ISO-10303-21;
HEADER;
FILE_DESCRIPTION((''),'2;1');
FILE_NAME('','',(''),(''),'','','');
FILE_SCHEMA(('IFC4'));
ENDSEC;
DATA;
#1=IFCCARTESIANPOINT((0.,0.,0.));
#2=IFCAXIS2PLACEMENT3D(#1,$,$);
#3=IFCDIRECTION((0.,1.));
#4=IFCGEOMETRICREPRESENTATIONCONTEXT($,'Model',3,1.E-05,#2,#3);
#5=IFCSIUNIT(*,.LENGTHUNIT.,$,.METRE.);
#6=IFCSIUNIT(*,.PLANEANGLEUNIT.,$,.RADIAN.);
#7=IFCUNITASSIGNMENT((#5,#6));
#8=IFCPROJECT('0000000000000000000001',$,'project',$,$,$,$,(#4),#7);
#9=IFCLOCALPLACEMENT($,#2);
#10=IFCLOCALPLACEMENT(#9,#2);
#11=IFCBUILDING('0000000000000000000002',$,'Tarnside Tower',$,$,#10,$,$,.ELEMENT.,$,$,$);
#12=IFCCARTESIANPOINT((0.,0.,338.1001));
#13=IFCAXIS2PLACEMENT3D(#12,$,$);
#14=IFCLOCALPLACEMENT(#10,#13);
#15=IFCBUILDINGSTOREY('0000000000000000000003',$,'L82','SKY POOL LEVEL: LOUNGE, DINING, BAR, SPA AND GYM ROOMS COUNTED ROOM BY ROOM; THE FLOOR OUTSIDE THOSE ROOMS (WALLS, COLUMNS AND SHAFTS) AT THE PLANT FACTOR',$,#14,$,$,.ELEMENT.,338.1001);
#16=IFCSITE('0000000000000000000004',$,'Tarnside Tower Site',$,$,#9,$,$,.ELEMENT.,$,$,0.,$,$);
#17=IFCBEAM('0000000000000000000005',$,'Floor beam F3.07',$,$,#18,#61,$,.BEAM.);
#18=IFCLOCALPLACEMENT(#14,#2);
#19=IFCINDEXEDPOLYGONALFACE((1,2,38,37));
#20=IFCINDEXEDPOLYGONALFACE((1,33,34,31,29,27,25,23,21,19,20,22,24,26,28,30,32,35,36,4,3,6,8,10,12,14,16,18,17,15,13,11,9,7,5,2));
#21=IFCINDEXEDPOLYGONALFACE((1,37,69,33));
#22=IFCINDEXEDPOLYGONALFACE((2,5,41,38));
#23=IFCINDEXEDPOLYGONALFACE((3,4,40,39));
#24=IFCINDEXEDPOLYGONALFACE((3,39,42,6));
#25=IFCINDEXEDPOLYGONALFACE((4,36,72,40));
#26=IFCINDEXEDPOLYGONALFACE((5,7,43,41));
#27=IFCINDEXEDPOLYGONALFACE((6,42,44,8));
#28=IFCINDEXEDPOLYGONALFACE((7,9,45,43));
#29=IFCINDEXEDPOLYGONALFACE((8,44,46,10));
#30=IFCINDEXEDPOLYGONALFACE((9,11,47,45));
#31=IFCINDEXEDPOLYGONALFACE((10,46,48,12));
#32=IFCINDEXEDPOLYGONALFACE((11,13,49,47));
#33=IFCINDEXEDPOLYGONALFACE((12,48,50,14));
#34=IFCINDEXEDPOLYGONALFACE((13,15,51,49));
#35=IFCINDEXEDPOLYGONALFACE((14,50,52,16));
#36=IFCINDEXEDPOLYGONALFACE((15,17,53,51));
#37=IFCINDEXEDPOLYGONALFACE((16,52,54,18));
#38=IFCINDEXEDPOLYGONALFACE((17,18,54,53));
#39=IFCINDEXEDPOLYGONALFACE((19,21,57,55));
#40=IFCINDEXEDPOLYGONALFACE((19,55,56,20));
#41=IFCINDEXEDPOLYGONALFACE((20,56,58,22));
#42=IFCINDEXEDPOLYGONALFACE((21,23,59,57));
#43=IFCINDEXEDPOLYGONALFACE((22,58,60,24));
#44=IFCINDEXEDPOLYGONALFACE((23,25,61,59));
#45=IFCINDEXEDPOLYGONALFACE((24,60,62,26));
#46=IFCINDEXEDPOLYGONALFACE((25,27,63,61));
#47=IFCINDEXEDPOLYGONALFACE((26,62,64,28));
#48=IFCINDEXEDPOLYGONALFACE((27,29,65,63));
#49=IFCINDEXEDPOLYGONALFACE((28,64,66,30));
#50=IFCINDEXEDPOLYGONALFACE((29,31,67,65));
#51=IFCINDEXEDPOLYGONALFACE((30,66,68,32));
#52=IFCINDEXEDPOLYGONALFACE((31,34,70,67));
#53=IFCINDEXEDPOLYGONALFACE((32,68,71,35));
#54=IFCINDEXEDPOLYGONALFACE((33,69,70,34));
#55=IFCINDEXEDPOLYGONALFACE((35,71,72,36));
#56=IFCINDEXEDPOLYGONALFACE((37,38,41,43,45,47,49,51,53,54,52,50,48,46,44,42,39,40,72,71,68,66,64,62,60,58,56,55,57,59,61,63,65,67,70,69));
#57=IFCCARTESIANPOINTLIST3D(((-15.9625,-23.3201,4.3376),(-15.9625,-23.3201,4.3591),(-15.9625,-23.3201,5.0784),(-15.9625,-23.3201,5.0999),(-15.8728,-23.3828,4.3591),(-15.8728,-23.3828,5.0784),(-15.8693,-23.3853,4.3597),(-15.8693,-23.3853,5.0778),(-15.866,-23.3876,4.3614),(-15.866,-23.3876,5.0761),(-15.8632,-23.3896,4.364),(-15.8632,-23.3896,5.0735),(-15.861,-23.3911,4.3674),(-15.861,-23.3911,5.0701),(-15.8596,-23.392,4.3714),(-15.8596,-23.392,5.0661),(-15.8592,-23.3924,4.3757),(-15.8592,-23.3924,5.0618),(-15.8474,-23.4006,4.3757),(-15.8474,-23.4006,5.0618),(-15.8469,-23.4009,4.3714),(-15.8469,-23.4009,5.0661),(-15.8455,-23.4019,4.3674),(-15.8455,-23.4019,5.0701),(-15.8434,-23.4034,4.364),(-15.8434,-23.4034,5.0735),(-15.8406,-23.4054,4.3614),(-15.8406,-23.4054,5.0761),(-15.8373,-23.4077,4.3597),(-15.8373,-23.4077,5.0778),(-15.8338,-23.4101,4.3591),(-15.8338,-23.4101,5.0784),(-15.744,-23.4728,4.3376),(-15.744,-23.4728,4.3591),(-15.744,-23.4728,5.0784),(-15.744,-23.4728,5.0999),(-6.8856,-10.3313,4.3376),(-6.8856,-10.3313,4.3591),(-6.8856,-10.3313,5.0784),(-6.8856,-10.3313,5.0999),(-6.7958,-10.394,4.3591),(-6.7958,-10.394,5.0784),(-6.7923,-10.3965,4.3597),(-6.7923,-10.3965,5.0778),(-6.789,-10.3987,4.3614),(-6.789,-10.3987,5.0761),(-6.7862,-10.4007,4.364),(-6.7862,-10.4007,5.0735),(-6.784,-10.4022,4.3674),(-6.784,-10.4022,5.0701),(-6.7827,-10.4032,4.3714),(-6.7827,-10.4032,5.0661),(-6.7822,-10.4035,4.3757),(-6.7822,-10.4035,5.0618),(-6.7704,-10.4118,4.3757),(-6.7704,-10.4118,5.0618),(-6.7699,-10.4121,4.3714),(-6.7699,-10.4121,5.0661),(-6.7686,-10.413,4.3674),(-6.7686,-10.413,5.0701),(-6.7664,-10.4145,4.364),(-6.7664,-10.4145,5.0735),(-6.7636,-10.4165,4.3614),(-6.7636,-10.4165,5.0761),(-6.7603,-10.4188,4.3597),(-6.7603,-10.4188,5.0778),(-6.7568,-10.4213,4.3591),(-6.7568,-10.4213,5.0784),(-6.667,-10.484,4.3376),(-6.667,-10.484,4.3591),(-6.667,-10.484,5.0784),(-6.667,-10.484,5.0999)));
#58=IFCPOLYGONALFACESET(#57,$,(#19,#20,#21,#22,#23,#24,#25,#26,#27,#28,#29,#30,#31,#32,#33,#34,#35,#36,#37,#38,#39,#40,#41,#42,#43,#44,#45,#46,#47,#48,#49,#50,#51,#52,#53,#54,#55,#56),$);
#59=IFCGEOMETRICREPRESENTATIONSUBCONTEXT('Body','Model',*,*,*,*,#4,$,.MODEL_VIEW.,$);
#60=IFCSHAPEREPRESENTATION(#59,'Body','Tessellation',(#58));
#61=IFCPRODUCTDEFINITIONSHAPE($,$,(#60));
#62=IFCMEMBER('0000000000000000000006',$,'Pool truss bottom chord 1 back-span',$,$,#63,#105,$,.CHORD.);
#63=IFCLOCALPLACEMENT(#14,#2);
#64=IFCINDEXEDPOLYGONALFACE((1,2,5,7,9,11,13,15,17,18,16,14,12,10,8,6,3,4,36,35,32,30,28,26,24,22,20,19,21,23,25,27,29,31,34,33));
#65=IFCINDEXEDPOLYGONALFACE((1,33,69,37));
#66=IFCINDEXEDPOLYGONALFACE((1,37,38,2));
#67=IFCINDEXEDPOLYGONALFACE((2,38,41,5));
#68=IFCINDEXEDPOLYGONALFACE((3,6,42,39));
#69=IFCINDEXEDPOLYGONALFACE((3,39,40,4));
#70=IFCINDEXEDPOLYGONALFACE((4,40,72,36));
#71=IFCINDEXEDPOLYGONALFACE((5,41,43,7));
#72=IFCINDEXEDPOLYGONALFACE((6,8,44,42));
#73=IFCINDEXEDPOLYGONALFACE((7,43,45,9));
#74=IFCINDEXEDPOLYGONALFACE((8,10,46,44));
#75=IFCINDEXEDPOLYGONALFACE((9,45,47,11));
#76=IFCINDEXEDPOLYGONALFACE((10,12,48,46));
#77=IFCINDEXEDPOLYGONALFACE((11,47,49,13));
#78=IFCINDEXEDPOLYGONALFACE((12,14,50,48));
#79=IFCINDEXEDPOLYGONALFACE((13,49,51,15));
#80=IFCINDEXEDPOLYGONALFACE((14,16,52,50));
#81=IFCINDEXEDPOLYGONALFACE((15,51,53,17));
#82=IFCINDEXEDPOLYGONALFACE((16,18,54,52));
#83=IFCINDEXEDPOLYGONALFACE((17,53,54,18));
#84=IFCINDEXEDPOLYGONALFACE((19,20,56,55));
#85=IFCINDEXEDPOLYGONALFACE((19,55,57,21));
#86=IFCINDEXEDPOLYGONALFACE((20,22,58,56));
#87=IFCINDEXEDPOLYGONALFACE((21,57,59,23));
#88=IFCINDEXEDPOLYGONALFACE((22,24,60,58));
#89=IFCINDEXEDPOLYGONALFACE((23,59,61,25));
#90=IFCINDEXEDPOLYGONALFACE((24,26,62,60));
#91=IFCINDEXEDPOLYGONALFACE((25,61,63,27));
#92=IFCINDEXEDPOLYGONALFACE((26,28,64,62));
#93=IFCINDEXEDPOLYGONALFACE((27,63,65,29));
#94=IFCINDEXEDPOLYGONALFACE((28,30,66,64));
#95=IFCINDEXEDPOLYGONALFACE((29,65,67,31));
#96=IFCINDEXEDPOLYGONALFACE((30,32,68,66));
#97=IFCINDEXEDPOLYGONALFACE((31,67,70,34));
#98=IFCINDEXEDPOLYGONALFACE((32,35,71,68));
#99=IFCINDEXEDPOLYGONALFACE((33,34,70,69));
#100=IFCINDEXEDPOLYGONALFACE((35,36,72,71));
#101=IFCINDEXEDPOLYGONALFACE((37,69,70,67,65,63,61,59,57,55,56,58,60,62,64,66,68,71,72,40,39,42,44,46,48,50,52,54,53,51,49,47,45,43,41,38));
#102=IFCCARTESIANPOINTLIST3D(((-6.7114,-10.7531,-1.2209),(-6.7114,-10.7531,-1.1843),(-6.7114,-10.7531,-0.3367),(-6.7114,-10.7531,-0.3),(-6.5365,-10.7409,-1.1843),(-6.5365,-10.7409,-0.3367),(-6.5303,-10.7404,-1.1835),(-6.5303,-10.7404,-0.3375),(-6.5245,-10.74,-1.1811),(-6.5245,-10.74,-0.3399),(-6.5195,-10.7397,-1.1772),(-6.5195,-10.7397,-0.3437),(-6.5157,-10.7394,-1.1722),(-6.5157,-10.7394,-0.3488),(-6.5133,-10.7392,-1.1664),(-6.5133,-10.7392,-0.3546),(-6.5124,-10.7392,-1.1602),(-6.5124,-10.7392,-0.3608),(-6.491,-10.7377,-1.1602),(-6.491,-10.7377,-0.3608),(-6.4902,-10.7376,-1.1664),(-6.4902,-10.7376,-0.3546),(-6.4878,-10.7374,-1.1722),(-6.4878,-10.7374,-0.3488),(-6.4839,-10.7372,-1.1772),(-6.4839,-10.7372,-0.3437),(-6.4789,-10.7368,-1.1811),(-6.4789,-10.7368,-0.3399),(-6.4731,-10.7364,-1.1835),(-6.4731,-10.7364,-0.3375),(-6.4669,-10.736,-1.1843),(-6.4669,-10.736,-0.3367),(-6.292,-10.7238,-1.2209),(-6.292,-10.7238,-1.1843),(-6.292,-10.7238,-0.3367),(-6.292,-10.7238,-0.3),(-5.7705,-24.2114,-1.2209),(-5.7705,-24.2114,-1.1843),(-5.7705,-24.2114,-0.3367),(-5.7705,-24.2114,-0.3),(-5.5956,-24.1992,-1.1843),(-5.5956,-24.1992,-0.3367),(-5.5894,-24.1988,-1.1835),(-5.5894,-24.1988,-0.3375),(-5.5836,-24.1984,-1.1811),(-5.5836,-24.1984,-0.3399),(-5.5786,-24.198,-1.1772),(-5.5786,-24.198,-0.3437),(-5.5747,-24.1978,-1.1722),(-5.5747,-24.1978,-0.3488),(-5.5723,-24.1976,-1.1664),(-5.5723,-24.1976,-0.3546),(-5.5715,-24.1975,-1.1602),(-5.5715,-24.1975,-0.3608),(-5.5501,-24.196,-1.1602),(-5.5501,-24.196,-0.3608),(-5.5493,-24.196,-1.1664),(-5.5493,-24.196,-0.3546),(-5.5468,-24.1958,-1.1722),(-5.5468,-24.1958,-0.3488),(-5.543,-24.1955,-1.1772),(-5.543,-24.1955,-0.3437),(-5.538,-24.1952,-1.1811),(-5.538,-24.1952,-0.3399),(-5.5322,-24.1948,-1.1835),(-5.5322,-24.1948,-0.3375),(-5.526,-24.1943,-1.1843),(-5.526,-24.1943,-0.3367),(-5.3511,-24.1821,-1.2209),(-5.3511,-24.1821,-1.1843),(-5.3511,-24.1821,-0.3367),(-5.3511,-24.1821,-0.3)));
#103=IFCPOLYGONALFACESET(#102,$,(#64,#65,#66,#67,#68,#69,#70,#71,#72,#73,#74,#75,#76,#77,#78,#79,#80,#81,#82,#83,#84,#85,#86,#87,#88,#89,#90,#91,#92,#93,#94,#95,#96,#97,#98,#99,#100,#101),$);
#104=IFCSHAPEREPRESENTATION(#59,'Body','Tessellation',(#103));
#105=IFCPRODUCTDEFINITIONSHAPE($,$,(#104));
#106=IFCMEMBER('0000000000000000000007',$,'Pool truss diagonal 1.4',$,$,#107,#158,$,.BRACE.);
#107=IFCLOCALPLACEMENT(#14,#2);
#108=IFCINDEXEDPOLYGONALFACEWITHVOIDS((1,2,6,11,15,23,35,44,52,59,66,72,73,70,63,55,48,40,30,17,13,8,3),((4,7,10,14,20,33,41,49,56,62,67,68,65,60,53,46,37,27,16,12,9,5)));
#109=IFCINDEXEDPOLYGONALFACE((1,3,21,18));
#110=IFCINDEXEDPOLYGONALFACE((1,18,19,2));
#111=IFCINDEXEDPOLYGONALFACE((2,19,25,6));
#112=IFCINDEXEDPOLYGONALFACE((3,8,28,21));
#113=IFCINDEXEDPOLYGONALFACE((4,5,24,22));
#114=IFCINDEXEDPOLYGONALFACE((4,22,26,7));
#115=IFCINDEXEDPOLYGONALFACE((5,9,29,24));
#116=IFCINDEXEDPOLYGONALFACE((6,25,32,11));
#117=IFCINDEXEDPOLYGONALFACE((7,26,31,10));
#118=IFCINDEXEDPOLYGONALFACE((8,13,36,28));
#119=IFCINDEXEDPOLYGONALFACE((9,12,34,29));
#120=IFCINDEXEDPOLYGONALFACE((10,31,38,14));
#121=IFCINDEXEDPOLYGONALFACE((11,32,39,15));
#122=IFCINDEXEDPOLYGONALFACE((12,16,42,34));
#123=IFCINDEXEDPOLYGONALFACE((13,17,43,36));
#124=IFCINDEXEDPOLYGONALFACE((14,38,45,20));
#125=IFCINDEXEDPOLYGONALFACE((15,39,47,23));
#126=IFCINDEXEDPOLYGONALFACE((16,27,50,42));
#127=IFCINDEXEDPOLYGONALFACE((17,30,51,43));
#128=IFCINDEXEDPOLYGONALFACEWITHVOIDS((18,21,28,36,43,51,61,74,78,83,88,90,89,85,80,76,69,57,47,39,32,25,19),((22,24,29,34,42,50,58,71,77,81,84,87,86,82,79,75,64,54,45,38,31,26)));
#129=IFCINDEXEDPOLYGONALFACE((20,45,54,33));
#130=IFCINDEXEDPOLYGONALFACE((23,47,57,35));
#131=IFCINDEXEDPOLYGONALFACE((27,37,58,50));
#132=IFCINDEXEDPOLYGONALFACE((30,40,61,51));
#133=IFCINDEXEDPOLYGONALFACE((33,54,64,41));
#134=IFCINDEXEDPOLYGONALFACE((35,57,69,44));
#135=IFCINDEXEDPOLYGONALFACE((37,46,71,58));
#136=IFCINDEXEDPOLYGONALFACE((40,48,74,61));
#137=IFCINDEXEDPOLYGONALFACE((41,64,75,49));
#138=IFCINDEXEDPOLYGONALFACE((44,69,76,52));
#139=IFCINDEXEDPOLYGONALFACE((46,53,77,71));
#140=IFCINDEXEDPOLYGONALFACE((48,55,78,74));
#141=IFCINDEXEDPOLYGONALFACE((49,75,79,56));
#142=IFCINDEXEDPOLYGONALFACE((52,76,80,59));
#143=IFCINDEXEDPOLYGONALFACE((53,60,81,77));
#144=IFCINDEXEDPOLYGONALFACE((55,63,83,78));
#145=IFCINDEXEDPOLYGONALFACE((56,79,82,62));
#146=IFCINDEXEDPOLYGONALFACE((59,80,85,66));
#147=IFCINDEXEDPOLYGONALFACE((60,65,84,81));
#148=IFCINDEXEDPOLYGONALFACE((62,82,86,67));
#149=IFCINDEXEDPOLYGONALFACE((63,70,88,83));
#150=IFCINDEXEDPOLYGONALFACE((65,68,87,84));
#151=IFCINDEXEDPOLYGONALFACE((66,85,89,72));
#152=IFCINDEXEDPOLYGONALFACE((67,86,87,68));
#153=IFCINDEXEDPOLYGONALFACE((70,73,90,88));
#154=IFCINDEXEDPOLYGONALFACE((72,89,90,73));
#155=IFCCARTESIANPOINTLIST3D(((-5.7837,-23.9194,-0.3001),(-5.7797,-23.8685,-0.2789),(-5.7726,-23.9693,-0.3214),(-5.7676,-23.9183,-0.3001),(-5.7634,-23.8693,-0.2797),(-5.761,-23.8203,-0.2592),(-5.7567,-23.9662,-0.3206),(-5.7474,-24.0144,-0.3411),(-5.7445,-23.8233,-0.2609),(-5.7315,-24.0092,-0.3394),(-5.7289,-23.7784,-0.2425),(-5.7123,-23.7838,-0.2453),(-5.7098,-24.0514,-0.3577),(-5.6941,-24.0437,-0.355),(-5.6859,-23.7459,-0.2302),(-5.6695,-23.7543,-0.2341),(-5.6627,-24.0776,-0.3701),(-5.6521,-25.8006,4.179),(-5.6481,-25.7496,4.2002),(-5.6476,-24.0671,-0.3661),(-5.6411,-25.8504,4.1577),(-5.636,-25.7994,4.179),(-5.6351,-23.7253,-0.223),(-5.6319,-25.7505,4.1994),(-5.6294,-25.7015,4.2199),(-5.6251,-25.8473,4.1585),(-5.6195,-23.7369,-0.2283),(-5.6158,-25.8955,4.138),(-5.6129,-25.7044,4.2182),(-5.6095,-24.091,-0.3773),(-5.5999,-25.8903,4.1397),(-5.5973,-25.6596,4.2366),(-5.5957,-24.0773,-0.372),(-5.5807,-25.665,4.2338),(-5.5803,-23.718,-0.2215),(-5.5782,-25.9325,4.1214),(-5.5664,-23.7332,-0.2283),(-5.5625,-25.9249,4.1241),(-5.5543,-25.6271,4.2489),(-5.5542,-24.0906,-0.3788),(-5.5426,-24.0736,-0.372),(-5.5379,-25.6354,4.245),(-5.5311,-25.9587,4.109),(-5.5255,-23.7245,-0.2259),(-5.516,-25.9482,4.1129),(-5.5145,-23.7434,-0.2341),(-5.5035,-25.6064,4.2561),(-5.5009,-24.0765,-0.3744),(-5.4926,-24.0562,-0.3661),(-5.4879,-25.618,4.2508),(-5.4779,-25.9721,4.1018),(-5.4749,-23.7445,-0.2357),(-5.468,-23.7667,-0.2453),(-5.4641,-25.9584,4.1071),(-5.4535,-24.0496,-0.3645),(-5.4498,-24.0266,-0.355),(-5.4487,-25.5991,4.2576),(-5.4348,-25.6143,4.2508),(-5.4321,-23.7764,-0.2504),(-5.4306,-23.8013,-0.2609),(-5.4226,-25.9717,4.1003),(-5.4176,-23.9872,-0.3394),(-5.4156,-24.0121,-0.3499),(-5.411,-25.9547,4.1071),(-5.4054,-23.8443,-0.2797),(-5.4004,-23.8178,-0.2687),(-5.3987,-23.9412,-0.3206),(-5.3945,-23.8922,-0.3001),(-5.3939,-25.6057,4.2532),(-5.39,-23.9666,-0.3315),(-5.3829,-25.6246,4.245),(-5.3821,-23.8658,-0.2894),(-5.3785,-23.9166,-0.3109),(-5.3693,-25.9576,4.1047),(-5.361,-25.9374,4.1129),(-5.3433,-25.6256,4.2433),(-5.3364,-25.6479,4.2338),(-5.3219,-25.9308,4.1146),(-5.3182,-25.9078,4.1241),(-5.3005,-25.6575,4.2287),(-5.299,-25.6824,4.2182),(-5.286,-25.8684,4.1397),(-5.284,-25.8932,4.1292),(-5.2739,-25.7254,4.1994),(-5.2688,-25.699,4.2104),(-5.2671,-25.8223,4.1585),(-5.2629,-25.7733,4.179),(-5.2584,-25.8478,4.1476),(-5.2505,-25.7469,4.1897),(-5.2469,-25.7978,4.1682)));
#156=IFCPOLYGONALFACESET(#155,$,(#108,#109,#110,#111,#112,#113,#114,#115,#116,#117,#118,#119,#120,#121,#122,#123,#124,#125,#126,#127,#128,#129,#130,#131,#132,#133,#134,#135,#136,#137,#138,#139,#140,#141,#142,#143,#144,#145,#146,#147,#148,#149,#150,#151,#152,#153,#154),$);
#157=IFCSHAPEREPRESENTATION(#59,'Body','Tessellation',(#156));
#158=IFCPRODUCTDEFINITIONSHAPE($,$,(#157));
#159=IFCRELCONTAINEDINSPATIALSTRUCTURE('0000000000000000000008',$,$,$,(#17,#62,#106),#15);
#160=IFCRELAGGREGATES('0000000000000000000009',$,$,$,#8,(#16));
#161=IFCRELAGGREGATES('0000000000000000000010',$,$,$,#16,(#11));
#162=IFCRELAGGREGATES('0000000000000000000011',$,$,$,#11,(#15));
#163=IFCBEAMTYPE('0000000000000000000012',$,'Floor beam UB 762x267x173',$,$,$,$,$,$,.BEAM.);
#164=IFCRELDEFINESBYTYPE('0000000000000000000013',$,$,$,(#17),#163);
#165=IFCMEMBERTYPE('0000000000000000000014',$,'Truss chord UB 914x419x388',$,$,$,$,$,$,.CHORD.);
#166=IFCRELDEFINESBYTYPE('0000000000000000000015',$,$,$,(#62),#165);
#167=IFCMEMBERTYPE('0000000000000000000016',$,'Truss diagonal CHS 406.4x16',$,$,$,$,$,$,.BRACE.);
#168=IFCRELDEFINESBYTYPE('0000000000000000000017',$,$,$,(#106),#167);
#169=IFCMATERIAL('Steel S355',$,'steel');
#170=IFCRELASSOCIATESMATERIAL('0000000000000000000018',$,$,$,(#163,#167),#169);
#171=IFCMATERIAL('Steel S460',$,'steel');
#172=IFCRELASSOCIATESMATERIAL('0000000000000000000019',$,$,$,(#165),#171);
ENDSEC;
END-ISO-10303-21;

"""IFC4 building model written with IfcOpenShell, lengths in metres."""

from ifc_helpers import new_model, si_unit, direction, frame, origin, origin_2d, place, context, subcontext, project, spatial, hollow_circle, i_section, extrude, material, material_profile, profile_set, type_object, element, save


model = new_model("IFC4")

# Units and contexts
model_context = context("Model", 3, precision=1e-05, world=origin(), true_north=direction((0.0, 1.0)))
body_context = subcontext(model_context, "Body", "Model", "MODEL_VIEW")
ifc_project = project(units=[si_unit("LENGTHUNIT", "METRE"), si_unit("PLANEANGLEUNIT", "RADIAN")], contexts=[model_context])

# Site, building, storey
site_placement = place(None, origin())
site = spatial("IfcSite", under=ifc_project, at=site_placement, Name="Tarnside Tower Site", CompositionType="ELEMENT", RefElevation=0.0)
building_placement = place(site_placement, origin())
building = spatial("IfcBuilding", under=site, at=building_placement, Name="Tarnside Tower", CompositionType="ELEMENT")
storey_placement = place(building_placement, frame((0.0, 0.0, 338.1001)))
storey = spatial("IfcBuildingStorey", under=building, at=storey_placement, Name="L82", Description="SKY POOL LEVEL: LOUNGE, DINING, BAR, SPA AND GYM ROOMS COUNTED ROOM BY ROOM; THE FLOOR OUTSIDE THOSE ROOMS (WALLS, COLUMNS AND SHAFTS) AT THE PLANT FACTOR", CompositionType="ELEMENT", Elevation=338.1001)

# Beam
ifc_material_1 = material(Name="Steel S355", Category="steel")
ifc_material_profile_1 = material_profile(ifc_material_1, i_section(OverallWidth=0.2666, OverallDepth=0.7622, WebThickness=0.0144, FlangeThickness=0.0215, FilletRadius=0.0166, at=origin_2d()), Name="UB 762x267x173")
ifc_profile_set_1 = profile_set([ifc_material_profile_1], Name="Steel S355")
beam_type = type_object("IfcBeamType", Name="Floor beam UB 762x267x173", PredefinedType="BEAM", material=ifc_profile_set_1)
beam_placement = place(storey_placement, frame((-15.8533, -23.3965, 4.7188), z_axis=(0.572817, 0.819683, 0.0), x_axis=(-0.819683, 0.572817, 0.0)))
element("IfcBeam", 1, at=beam_placement, inside=storey, type_object=beam_type, Name="Floor beam F3.07", PredefinedType="BEAM", context=body_context, shape_type="SweptSolid", body=[
    extrude(i_section(OverallWidth=0.2666, OverallDepth=0.7622, WebThickness=0.0144, FlangeThickness=0.0215, FilletRadius=0.0166, at=origin_2d()), origin(), (0.0, 0.0, 1.0), 15.8462),
])

# Members
ifc_material_2 = material(Name="Steel S460", Category="steel")
ifc_material_profile_2 = material_profile(ifc_material_2, i_section(OverallWidth=0.4204, OverallDepth=0.9209, WebThickness=0.0215, FlangeThickness=0.0366, FilletRadius=0.0242, at=origin_2d()), Name="UB 914x419x388")
ifc_profile_set_2 = profile_set([ifc_material_profile_2], Name="Steel S460")
member_type_1 = type_object("IfcMemberType", Name="Truss chord UB 914x419x388", PredefinedType="CHORD", material=ifc_profile_set_2)
member_1_placement = place(storey_placement, frame((-5.5608, -24.1968, -0.7605), z_axis=(-0.069744, 0.997565, 0.0), x_axis=(-0.997565, -0.069744, 0.0)))
element("IfcMember", 2, at=member_1_placement, inside=storey, type_object=member_type_1, Name="Pool truss bottom chord 1 back-span", PredefinedType="CHORD", context=body_context, shape_type="SweptSolid", body=[
    extrude(i_section(OverallWidth=0.4204, OverallDepth=0.9209, WebThickness=0.0215, FlangeThickness=0.0366, FilletRadius=0.0242, at=origin_2d()), origin(), (0.0, 0.0, 1.0), 13.4912),
])
ifc_material_profile_3 = material_profile(ifc_material_1, hollow_circle(Radius=0.2031, WallThickness=0.0161, at=origin_2d()), Name="CHS 406.4x16")
ifc_profile_set_3 = profile_set([ifc_material_profile_3], Name="Steel S355")
member_type_2 = type_object("IfcMemberType", Name="Truss diagonal CHS 406.4x16", PredefinedType="BRACE", material=ifc_profile_set_3)
member_2_placement = place(storey_placement, frame((-5.4495, -25.7864, 4.179), z_axis=(-0.027078, 0.387077, -0.92165), x_axis=(-0.997562, -0.069784, 0.0)))
element("IfcMember", 3, at=member_2_placement, inside=storey, type_object=member_type_2, Name="Pool truss diagonal 1.4", PredefinedType="BRACE", context=body_context, shape_type="SweptSolid", body=[
    extrude(hollow_circle(Radius=0.2031, WallThickness=0.0161, at=origin_2d()), origin(), (0.0, 0.0, 1.0), 4.8599),
])

save(model, "model.ifc")
